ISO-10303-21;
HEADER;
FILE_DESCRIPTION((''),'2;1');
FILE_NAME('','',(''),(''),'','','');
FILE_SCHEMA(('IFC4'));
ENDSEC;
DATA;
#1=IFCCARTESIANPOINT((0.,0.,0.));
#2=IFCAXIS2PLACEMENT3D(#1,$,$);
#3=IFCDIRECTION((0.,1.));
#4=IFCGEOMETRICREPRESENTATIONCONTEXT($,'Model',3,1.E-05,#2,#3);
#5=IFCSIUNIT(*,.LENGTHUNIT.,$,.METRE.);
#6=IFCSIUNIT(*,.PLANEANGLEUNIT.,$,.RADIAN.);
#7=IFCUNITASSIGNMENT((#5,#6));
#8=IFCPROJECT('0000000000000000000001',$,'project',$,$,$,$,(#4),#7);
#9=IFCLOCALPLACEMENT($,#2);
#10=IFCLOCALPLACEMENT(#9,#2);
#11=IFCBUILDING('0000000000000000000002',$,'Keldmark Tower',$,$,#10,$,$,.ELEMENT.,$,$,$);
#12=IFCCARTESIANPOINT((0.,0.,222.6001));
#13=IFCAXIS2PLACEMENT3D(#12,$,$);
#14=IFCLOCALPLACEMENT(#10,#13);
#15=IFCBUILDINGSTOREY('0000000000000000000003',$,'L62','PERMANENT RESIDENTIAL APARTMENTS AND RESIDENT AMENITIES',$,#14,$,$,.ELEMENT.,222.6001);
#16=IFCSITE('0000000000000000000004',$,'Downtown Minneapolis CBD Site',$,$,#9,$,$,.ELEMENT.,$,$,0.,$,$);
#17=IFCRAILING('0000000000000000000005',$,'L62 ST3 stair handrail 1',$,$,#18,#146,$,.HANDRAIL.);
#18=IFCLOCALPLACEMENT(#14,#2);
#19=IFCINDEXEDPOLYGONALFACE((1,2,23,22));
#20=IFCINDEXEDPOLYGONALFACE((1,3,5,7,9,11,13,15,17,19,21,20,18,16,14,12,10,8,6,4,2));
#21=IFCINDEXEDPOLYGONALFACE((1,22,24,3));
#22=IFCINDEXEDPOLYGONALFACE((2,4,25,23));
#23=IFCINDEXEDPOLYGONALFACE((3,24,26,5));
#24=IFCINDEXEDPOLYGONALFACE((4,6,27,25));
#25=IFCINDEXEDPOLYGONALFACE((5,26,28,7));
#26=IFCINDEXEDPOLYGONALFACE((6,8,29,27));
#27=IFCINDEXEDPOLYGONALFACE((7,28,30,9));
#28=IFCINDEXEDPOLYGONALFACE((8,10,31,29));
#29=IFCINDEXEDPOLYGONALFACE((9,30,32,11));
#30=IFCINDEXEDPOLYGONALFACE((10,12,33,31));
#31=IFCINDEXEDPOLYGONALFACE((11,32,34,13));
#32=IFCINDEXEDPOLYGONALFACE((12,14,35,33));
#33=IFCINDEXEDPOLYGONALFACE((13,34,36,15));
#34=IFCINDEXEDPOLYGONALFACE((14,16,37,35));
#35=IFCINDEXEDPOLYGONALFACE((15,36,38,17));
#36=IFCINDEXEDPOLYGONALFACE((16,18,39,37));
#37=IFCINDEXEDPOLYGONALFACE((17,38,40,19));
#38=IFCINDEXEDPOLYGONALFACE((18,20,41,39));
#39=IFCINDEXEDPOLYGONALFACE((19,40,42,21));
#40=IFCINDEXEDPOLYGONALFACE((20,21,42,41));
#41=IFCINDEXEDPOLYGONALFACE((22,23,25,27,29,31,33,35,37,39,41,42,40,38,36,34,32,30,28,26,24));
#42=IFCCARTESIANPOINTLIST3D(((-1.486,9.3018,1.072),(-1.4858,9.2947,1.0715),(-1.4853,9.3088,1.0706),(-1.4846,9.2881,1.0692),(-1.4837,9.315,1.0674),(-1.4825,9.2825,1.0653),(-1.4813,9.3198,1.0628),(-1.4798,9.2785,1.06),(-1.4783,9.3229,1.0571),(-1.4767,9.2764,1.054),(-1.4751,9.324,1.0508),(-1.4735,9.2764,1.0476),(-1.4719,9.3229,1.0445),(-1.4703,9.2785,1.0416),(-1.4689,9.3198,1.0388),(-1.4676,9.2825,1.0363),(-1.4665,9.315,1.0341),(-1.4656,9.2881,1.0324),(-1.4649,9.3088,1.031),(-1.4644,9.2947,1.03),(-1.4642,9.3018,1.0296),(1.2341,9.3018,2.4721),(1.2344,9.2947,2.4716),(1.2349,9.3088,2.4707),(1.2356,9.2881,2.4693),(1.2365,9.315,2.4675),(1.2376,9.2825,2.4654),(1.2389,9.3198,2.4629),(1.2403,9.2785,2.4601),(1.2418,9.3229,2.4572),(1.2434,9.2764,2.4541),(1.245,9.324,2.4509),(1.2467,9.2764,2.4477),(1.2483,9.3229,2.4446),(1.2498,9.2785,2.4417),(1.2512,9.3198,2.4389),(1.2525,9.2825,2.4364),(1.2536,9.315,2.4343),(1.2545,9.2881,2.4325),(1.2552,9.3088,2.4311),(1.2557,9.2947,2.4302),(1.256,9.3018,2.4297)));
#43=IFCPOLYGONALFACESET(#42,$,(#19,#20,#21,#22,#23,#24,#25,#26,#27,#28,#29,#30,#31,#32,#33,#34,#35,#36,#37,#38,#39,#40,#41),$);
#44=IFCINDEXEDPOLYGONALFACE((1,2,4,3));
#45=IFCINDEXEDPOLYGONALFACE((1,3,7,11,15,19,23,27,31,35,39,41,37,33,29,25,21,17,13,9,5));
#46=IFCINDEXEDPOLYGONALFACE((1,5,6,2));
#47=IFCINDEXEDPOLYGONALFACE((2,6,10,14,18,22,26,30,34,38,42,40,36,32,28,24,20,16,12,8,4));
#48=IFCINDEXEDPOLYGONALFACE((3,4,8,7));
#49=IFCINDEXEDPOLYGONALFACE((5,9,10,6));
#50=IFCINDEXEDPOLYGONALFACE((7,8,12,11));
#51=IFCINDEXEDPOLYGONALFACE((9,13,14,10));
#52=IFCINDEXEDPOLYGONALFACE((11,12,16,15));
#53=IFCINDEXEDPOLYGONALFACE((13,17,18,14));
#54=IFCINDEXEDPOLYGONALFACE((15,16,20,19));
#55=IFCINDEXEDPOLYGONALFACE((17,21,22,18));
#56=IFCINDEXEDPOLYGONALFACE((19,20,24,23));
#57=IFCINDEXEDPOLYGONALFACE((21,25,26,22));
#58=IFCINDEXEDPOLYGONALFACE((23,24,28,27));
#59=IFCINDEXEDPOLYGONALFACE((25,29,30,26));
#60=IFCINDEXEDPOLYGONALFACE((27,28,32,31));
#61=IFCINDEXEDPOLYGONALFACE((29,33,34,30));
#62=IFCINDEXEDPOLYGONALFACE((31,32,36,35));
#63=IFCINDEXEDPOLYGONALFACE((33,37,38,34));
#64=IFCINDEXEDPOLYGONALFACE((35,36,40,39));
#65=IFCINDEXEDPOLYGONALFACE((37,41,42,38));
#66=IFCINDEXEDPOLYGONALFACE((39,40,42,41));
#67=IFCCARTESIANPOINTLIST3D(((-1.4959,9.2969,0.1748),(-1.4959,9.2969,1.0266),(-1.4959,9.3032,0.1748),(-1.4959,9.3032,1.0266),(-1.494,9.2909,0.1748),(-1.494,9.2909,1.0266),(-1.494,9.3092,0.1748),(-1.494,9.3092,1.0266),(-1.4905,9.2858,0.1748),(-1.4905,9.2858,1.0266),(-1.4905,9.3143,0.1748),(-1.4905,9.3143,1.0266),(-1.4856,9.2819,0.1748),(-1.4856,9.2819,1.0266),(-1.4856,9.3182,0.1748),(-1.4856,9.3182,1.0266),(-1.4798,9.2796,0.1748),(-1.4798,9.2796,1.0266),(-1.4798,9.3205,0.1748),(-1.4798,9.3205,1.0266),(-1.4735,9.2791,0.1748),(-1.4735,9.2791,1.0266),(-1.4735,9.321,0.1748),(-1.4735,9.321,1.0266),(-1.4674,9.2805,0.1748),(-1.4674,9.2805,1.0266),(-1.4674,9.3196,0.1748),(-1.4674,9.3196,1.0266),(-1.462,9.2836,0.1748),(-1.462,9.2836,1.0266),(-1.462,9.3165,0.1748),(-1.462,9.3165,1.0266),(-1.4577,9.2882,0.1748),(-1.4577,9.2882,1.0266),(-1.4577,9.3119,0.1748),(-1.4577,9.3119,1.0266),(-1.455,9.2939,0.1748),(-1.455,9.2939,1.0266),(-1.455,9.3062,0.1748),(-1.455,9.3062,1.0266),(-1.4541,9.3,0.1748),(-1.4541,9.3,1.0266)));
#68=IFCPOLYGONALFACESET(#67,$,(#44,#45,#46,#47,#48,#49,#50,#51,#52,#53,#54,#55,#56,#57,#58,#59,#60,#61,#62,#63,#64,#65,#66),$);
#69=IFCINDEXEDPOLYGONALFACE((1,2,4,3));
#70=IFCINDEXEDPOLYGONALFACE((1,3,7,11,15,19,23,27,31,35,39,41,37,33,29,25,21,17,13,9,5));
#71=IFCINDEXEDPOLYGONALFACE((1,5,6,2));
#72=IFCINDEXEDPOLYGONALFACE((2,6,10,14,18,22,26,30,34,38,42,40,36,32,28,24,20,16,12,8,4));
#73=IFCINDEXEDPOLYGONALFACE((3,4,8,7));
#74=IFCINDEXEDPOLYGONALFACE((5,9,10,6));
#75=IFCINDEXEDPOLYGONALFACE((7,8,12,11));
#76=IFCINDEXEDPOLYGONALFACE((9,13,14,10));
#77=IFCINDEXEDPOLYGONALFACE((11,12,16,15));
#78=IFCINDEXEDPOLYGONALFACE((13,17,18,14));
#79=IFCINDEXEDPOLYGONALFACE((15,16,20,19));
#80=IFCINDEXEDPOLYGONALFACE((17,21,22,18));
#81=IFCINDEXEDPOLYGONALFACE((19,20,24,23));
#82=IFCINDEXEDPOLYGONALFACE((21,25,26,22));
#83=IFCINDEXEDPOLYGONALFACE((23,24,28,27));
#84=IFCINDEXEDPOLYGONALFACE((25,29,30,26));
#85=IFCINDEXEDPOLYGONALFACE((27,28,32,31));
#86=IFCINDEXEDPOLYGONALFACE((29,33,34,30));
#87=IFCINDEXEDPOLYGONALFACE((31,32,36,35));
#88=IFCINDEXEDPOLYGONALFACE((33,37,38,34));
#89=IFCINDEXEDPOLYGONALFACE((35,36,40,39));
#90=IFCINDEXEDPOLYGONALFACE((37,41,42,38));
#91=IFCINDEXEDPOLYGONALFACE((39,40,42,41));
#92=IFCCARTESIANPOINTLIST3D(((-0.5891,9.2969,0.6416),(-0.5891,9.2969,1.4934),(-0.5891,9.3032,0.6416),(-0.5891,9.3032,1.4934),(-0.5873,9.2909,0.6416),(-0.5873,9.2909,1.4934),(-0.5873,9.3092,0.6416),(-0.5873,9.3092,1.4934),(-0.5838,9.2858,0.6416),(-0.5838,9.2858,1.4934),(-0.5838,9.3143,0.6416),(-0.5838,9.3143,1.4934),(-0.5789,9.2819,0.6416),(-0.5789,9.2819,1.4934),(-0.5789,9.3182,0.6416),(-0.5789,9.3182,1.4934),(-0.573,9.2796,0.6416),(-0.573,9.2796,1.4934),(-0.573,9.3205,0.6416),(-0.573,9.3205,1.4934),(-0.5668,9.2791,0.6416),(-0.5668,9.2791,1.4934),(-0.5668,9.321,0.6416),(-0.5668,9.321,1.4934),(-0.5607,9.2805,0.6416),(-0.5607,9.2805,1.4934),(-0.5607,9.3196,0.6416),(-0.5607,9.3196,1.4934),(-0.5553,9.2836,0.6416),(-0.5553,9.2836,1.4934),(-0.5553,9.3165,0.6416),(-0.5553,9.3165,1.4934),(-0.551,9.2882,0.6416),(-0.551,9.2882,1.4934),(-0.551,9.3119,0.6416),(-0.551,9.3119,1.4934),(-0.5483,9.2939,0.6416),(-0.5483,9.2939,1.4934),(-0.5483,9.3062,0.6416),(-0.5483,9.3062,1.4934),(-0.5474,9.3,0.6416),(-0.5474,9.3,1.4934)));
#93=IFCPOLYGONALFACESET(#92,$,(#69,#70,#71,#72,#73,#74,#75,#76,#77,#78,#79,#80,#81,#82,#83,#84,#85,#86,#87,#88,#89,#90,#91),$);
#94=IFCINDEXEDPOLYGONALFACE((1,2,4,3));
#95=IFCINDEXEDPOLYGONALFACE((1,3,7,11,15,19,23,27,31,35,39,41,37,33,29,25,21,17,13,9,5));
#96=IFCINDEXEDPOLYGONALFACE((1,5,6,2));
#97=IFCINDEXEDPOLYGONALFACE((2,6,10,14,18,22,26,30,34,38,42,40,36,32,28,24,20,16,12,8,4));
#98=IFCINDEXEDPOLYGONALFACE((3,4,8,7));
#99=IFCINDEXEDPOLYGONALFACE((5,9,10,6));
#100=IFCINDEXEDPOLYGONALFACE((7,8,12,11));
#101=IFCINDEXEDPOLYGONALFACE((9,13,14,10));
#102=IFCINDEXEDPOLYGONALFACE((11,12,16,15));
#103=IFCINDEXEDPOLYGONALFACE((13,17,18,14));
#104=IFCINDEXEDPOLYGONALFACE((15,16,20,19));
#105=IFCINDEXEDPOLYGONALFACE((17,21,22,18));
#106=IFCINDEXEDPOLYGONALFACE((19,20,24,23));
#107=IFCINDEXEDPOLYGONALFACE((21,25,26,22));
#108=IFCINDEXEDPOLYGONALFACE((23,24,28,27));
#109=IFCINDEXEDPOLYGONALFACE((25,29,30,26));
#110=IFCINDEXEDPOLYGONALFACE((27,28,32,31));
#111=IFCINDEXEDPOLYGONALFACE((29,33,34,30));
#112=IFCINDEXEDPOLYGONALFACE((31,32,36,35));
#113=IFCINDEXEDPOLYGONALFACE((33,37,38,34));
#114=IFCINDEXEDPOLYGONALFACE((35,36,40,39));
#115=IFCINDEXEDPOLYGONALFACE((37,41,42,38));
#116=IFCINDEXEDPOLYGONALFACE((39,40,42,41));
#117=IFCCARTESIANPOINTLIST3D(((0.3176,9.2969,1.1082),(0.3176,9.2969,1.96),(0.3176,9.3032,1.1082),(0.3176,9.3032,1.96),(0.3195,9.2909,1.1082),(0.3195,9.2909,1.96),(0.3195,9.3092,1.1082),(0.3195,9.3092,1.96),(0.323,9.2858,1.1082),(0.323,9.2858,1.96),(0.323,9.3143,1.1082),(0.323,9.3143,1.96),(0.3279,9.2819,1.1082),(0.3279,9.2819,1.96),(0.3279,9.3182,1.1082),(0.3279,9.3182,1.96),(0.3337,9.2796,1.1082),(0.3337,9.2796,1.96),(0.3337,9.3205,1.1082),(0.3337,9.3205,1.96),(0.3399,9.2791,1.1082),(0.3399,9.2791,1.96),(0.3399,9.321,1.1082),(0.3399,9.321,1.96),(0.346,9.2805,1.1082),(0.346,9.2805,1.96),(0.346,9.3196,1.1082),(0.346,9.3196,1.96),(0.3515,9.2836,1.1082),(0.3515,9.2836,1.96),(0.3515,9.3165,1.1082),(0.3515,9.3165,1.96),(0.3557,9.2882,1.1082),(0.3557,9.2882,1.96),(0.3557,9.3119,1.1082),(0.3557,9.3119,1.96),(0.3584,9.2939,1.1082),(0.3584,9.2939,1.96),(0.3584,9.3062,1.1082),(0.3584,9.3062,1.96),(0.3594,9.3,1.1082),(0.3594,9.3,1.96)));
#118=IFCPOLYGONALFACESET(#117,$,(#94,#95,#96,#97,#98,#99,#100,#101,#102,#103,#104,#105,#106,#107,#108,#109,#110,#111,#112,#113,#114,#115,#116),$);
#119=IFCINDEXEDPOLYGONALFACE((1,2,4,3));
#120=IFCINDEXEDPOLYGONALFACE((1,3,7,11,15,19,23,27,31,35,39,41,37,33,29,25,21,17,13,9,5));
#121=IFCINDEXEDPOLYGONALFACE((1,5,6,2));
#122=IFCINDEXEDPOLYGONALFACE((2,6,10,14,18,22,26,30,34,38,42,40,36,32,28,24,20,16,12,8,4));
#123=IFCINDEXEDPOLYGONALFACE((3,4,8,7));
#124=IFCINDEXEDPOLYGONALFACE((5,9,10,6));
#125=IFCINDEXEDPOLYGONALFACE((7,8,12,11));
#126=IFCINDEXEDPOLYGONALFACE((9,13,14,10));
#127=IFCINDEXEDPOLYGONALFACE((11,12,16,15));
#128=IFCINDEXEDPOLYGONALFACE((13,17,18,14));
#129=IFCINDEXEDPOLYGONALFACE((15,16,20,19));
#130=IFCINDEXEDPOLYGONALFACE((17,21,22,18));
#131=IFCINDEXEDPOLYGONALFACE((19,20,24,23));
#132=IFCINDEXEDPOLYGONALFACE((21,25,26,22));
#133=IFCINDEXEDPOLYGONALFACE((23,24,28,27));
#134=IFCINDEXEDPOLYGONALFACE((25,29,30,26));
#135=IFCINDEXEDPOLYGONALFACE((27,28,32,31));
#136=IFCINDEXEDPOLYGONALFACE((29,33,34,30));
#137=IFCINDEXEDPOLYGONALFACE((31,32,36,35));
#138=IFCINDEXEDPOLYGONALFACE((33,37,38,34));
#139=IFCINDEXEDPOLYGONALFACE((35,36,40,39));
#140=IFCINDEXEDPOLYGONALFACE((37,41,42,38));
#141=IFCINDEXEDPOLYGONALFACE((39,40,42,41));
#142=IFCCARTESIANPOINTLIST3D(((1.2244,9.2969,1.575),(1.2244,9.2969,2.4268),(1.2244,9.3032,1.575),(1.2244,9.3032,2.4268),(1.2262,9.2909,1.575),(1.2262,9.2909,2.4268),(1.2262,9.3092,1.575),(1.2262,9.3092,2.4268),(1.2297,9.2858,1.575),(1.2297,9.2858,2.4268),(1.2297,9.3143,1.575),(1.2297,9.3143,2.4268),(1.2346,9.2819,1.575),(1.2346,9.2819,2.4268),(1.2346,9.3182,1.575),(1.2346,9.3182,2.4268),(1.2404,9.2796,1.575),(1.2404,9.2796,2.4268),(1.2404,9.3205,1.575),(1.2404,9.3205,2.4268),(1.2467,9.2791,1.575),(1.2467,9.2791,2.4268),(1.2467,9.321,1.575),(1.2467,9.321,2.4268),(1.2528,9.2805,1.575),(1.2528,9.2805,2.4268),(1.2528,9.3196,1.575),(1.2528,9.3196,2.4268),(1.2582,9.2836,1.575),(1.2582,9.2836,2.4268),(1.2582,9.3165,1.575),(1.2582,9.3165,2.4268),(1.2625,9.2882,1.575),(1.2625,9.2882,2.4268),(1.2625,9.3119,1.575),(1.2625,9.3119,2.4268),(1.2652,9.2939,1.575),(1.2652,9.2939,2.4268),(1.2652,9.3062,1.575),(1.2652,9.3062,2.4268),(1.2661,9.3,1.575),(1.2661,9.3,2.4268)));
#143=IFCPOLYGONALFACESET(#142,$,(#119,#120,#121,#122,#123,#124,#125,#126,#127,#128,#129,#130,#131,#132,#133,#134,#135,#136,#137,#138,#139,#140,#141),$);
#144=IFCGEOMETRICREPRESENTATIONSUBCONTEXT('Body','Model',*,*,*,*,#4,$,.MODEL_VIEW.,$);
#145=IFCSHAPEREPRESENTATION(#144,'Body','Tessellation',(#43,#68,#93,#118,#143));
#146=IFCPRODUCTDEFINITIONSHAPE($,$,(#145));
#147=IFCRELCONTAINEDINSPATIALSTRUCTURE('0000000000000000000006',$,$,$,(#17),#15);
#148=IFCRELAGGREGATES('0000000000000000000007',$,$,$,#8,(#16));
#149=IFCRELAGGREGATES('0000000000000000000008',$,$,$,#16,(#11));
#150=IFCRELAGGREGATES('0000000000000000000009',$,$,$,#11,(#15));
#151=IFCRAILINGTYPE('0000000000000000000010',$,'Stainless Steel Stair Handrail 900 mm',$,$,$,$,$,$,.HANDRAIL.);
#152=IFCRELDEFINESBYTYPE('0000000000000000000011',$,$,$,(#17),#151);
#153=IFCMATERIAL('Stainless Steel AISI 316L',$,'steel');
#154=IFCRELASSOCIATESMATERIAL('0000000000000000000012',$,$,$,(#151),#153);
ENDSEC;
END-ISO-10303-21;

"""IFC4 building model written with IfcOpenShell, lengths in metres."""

from ifc_helpers import new_model, si_unit, direction, frame, origin, origin_2d, place, context, subcontext, project, spatial, circle, extrude, material, type_object, element, save


model = new_model("IFC4")

# Units and contexts
model_context = context("Model", 3, precision=1e-05, world=origin(), true_north=direction((0.0, 1.0)))
body_context = subcontext(model_context, "Body", "Model", "MODEL_VIEW")
ifc_project = project(units=[si_unit("LENGTHUNIT", "METRE"), si_unit("PLANEANGLEUNIT", "RADIAN")], contexts=[model_context])

# Site, building, storey
site_placement = place(None, origin())
site = spatial("IfcSite", under=ifc_project, at=site_placement, Name="Downtown Minneapolis CBD Site", CompositionType="ELEMENT", RefElevation=0.0)
building_placement = place(site_placement, origin())
building = spatial("IfcBuilding", under=site, at=building_placement, Name="Keldmark Tower", CompositionType="ELEMENT")
storey_placement = place(building_placement, frame((0.0, 0.0, 222.6001)))
storey = spatial("IfcBuildingStorey", under=building, at=storey_placement, Name="L62", Description="PERMANENT RESIDENTIAL APARTMENTS AND RESIDENT AMENITIES", CompositionType="ELEMENT", Elevation=222.6001)

# Railing
ifc_material_1 = material(Name="Stainless Steel AISI 316L", Category="steel")
railing_type_1 = type_object("IfcRailingType", Name="Stainless Steel Stair Handrail 900 mm", PredefinedType="HANDRAIL", material=ifc_material_1)
railing_1_placement = place(storey_placement, frame((-1.4751, 9.3, 0.1748)))
element("IfcRailing", 1, at=railing_1_placement, inside=storey, type_object=railing_type_1, Name="L62 ST3 stair handrail 1", PredefinedType="HANDRAIL", context=body_context, shape_type="SweptSolid", body=[
    extrude(circle(Radius=0.0239, at=origin_2d()), frame((0.0, 0.0, 0.876), z_axis=(0.889131, 0.0, 0.457653), x_axis=(0.0, 1.0, 0.0)), (0.0, 0.0, 1.0), 3.0593),
    extrude(circle(Radius=0.021, at=origin_2d()), origin(), (0.0, 0.0, 1.0), 0.8518),
    extrude(circle(Radius=0.021, at=origin_2d()), frame((0.9067, 0.0, 0.4668)), (0.0, 0.0, 1.0), 0.8518),
    extrude(circle(Radius=0.021, at=origin_2d()), frame((1.8135, 0.0, 0.9333)), (0.0, 0.0, 1.0), 0.8518),
    extrude(circle(Radius=0.021, at=origin_2d()), frame((2.7202, 0.0, 1.4001)), (0.0, 0.0, 1.0), 0.8518),
])

save(model, "model.ifc")
